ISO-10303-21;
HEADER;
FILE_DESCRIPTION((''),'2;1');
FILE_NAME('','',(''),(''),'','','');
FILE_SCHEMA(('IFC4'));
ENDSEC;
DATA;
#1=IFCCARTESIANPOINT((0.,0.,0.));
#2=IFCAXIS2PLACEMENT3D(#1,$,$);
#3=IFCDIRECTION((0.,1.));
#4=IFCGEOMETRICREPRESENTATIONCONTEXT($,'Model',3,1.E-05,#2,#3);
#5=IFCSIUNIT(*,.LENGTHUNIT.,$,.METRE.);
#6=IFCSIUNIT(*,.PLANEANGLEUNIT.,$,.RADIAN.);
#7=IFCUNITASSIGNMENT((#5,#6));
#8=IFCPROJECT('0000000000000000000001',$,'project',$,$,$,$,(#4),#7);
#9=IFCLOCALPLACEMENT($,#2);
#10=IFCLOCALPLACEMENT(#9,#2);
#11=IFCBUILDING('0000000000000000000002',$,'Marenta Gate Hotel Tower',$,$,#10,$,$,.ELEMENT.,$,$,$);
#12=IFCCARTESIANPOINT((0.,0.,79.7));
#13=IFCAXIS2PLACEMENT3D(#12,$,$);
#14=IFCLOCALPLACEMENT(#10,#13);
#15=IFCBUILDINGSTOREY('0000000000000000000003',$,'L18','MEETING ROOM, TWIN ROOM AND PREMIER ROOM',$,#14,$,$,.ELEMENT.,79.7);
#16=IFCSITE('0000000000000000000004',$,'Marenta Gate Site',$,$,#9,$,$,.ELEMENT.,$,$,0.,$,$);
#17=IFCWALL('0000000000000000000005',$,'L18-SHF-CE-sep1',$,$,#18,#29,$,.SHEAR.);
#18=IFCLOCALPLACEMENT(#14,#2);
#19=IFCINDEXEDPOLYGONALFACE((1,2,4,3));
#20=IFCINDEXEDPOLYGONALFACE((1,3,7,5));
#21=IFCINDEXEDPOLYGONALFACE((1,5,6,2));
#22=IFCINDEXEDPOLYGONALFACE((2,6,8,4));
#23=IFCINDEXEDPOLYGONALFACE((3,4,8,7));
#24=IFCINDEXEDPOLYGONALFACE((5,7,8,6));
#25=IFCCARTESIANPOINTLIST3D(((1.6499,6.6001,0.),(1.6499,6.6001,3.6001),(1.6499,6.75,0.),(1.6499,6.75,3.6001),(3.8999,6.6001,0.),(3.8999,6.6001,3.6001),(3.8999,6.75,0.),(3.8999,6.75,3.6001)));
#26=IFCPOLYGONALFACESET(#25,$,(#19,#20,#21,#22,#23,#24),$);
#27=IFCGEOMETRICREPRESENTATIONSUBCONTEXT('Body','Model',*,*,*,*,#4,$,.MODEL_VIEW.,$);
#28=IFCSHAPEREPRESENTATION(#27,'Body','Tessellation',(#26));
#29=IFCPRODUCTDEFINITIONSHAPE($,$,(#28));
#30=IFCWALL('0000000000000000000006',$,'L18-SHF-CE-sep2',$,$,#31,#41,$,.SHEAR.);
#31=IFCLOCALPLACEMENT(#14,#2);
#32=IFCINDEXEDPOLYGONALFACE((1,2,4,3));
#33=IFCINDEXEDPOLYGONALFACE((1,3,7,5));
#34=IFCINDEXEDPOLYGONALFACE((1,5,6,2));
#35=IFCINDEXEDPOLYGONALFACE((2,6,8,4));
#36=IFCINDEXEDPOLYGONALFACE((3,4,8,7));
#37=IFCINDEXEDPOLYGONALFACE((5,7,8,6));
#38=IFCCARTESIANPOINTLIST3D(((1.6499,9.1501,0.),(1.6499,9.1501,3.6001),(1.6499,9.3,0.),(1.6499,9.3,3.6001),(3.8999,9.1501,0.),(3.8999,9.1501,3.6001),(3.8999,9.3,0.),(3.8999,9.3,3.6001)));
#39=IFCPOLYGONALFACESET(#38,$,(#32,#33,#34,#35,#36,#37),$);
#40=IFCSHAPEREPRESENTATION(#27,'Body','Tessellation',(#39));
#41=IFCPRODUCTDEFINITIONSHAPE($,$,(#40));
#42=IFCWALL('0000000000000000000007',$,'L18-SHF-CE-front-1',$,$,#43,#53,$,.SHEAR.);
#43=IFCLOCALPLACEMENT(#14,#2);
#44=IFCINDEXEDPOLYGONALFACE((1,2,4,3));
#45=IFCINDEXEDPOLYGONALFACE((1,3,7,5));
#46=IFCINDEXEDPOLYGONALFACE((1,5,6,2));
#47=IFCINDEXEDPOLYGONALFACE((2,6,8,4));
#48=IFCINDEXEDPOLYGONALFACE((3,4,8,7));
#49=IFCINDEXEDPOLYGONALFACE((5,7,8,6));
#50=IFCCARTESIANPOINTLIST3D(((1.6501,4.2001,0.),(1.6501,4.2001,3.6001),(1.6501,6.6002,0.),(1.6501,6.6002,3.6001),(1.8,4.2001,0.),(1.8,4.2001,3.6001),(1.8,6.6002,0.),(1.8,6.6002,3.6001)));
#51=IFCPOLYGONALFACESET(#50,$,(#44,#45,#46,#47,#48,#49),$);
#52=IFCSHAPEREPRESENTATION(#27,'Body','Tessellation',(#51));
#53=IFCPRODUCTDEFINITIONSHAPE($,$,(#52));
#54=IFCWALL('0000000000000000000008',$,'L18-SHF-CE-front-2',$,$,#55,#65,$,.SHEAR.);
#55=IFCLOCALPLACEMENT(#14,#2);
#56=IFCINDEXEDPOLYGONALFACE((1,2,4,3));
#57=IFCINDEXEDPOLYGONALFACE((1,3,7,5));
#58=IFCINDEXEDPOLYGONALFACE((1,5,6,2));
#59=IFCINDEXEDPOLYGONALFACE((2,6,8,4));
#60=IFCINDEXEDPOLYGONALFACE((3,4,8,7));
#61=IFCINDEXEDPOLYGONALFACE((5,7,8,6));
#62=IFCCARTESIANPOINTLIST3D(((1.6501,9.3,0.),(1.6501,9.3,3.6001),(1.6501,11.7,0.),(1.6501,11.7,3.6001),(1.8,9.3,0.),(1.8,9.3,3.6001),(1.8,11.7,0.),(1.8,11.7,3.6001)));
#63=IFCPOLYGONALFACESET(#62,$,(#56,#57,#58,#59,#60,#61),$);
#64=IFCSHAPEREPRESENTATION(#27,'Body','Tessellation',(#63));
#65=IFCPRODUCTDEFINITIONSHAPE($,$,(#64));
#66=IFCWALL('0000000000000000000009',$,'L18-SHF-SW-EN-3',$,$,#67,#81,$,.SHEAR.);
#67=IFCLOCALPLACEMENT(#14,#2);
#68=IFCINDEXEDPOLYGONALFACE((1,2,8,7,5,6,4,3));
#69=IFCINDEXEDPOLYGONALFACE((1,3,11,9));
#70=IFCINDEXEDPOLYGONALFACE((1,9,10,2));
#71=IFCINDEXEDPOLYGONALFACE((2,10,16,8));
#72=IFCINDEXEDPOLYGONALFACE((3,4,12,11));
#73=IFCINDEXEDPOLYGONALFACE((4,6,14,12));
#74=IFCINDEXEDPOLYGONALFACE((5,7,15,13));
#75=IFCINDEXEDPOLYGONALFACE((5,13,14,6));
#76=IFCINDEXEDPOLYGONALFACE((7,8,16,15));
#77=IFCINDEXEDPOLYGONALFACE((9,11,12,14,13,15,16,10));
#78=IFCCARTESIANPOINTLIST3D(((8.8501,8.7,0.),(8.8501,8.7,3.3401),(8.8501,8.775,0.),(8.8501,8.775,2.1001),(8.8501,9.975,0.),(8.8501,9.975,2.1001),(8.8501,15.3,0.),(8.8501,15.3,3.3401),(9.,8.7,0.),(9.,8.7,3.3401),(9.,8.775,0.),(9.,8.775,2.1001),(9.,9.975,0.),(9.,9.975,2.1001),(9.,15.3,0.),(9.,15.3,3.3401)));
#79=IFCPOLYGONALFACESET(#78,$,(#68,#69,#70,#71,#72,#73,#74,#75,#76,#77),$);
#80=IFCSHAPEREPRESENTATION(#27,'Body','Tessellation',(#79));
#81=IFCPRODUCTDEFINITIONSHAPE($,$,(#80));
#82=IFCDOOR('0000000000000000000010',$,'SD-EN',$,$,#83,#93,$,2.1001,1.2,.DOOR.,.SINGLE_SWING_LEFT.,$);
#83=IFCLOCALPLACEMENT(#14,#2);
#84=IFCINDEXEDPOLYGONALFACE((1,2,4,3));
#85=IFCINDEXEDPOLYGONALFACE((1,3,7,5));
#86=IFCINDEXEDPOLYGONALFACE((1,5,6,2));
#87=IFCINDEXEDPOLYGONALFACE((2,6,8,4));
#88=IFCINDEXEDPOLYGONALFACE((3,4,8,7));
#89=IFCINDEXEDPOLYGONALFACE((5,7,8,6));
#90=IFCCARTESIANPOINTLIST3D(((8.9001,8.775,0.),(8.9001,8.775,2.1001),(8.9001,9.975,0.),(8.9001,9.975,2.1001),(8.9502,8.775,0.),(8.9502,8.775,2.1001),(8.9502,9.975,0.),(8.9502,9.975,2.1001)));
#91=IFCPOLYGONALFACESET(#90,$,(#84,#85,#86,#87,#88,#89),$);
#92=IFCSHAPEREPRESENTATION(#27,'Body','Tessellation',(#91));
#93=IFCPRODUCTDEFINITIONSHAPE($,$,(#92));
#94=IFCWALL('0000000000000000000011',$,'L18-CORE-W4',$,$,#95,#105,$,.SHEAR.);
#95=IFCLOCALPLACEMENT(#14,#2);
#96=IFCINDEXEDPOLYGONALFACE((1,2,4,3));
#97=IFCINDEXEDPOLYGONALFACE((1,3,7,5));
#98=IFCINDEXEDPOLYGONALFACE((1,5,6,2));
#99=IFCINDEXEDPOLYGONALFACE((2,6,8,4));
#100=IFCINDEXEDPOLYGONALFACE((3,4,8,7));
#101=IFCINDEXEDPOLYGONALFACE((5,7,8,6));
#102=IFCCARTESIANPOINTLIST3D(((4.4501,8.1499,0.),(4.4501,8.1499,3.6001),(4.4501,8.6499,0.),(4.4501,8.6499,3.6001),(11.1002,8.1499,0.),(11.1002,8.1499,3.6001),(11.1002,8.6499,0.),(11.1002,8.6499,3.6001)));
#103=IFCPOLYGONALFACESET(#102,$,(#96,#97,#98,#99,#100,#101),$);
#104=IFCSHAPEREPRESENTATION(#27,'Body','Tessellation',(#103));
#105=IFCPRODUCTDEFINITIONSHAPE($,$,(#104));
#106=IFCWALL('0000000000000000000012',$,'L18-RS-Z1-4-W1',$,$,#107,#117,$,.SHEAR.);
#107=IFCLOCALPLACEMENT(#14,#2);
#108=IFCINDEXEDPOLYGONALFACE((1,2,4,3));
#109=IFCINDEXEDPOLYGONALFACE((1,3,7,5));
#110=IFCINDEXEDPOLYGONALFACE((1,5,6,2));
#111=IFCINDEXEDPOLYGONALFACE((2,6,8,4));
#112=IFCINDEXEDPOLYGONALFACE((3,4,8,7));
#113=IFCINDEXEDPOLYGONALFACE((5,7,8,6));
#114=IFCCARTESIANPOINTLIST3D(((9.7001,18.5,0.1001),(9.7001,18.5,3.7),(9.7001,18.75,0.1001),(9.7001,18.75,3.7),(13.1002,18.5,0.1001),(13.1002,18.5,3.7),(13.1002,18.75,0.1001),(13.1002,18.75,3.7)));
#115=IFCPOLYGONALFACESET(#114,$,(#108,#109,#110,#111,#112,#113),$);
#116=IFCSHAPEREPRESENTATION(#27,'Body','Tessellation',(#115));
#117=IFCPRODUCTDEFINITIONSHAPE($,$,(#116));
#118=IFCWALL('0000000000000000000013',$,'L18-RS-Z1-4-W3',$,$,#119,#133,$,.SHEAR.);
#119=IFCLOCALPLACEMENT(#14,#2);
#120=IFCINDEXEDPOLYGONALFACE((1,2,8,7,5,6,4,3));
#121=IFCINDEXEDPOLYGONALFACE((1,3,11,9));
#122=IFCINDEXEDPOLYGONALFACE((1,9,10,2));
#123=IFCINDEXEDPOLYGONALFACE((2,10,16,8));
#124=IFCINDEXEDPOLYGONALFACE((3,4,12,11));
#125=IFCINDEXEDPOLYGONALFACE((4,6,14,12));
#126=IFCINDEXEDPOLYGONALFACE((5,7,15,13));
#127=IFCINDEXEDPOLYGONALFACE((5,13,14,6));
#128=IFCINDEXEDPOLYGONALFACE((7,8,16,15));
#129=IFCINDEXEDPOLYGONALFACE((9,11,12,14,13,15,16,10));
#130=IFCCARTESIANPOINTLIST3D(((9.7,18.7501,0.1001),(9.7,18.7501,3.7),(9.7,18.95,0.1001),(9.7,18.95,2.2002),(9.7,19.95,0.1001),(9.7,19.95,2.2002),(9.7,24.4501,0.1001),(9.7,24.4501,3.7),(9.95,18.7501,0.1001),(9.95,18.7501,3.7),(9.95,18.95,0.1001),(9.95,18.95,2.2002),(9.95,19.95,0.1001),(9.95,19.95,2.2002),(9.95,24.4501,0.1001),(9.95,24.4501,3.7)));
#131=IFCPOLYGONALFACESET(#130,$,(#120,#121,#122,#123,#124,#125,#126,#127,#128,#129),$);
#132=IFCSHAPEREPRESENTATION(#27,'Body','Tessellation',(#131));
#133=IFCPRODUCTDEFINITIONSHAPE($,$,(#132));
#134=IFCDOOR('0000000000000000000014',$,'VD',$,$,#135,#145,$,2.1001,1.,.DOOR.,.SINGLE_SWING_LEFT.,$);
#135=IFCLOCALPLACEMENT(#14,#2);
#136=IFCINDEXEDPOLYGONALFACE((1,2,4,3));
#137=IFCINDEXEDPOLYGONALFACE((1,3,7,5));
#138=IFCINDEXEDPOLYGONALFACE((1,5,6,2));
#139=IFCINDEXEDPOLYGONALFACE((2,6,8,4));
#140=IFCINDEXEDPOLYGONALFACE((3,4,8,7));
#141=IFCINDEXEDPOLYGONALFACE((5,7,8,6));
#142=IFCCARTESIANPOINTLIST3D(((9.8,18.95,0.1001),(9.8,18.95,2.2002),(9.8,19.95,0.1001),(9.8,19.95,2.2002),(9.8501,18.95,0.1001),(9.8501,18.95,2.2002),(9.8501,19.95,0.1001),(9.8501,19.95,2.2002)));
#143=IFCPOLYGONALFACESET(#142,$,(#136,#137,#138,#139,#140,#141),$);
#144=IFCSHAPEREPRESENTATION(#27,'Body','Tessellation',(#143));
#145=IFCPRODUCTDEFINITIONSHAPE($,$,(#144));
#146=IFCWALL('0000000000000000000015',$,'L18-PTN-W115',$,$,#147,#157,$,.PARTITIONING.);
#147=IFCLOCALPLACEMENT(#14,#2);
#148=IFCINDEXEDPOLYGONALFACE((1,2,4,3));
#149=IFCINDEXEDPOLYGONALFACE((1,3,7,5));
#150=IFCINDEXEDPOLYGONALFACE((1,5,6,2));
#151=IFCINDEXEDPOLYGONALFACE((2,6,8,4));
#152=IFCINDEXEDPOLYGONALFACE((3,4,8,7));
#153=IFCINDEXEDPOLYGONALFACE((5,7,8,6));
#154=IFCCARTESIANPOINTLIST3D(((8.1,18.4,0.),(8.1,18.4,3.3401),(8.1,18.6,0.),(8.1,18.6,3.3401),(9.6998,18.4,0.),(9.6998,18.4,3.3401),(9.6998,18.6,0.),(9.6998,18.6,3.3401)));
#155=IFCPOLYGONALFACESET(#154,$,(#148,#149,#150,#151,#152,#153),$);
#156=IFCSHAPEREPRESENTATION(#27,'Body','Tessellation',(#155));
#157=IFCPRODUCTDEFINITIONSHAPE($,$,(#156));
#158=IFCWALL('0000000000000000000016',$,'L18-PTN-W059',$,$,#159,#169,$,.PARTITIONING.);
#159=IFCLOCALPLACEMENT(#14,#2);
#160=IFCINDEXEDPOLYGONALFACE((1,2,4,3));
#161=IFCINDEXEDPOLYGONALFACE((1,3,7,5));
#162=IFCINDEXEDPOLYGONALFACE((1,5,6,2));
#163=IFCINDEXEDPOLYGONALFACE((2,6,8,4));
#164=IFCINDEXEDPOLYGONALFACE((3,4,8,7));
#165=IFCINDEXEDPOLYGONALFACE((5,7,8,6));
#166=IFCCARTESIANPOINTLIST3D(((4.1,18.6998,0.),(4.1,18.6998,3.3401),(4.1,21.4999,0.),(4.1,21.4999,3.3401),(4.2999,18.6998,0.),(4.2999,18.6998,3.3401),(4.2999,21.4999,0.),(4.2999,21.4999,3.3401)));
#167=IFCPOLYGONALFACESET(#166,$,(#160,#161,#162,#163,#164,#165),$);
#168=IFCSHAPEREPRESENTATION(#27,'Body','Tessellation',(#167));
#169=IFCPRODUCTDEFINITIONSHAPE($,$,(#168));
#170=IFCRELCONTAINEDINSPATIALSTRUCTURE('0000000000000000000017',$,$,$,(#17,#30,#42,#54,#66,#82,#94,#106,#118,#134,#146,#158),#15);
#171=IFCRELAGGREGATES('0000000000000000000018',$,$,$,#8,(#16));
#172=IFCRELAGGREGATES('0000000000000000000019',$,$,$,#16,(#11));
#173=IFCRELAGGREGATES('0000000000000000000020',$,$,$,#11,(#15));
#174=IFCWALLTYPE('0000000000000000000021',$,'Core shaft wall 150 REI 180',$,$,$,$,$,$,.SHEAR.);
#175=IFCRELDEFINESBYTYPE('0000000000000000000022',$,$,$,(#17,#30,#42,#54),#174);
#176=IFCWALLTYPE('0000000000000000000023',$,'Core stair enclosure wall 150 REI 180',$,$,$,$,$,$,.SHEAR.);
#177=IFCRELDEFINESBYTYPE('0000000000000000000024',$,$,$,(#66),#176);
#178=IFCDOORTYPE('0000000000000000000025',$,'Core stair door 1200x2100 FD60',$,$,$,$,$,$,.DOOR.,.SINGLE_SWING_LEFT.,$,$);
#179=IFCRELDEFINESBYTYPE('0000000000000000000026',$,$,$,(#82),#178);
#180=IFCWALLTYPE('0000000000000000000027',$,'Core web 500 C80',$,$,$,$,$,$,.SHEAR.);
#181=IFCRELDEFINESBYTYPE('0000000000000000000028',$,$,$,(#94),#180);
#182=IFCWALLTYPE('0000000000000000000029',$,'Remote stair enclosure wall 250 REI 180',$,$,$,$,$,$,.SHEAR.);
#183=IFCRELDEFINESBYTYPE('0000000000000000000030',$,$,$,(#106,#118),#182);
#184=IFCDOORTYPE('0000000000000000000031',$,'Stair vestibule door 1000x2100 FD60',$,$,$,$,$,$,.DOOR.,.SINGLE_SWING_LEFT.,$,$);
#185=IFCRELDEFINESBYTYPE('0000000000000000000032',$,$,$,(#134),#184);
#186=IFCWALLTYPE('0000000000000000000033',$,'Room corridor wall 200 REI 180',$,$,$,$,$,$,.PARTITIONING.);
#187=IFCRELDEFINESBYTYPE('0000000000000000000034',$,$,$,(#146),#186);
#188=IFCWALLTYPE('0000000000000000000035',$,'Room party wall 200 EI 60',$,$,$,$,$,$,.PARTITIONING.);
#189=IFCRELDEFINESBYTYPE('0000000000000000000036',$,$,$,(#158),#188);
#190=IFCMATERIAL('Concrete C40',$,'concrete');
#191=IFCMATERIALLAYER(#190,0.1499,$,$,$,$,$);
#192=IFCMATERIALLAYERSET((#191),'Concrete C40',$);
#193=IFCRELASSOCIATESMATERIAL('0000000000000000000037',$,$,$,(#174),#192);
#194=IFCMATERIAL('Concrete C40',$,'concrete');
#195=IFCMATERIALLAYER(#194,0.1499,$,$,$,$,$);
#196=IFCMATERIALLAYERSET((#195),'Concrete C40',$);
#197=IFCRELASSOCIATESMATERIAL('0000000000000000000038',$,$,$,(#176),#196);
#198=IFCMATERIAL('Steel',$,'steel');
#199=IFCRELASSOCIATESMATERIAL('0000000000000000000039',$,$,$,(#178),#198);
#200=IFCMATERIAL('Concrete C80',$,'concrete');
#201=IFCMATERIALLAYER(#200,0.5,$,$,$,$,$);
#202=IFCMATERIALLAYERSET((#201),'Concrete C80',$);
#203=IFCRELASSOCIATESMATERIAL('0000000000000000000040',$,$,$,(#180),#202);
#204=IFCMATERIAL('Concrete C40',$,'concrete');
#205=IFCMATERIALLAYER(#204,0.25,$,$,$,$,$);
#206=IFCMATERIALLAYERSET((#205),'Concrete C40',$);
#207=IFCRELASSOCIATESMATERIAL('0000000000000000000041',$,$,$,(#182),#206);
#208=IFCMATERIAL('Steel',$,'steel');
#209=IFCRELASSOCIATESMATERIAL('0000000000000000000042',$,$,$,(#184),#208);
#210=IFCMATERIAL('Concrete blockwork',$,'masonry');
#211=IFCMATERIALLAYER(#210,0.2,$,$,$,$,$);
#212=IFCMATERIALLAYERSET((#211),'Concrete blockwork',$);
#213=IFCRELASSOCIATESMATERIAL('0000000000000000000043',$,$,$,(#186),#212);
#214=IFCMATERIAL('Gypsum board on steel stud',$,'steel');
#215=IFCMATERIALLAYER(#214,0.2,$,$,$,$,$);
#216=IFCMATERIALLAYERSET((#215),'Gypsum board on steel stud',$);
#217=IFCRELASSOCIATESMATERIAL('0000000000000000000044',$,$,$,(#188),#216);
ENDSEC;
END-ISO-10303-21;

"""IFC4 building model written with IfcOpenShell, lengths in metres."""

from ifc_helpers import new_model, si_unit, direction, frame, frame_2d, origin, place, context, subcontext, project, spatial, rectangle, extrude, material, layer, layer_set, type_object, element, fill, save


model = new_model("IFC4")

# Units and contexts
model_context = context("Model", 3, precision=1e-05, world=origin(), true_north=direction((0.0, 1.0)))
body_context = subcontext(model_context, "Body", "Model", "MODEL_VIEW")
ifc_project = project(units=[si_unit("LENGTHUNIT", "METRE"), si_unit("PLANEANGLEUNIT", "RADIAN")], contexts=[model_context])

# Site, building, storey
site_placement = place(None, origin())
site = spatial("IfcSite", under=ifc_project, at=site_placement, Name="Marenta Gate Site", CompositionType="ELEMENT", RefElevation=0.0)
building_placement = place(site_placement, origin())
building = spatial("IfcBuilding", under=site, at=building_placement, Name="Marenta Gate Hotel Tower", CompositionType="ELEMENT")
storey_placement = place(building_placement, frame((0.0, 0.0, 79.7)))
storey = spatial("IfcBuildingStorey", under=building, at=storey_placement, Name="L18", Description="MEETING ROOM, TWIN ROOM AND PREMIER ROOM", CompositionType="ELEMENT", Elevation=79.7)

# Shared definitions
ifc_material_1 = material(Name="Concrete C40", Category="concrete")
ifc_layer_1 = layer(ifc_material_1, 0.1499)
ifc_layer_set_1 = layer_set([ifc_layer_1], Name="Concrete C40")
wall_type_1 = type_object("IfcWallType", Name="Core shaft wall 150 REI 180", PredefinedType="SHEAR", material=ifc_layer_set_1)

# Walls
for number, where, z_axis, x_axis, name in (
    (1, (1.6499, 6.675, 0.0), (0.0, 0.0, 1.0), (1.0, 0.0, 0.0), "L18-SHF-CE-sep1"),
    (2, (1.6499, 9.2251, 0.0), (0.0, 0.0, 1.0), (1.0, 0.0, 0.0), "L18-SHF-CE-sep2"),
):
    element("IfcWall", number, at=place(storey_placement, frame(where, z_axis=z_axis, x_axis=x_axis)), inside=storey, type_object=wall_type_1, Name=name, PredefinedType="SHEAR", context=body_context, shape_type="SweptSolid", body=[
        extrude(rectangle(XDim=2.25, YDim=0.1499, at=frame_2d((1.125, 0.0))), origin(), (0.0, 0.0, 1.0), 3.6001),
    ])
wall_1_placement = place(storey_placement, frame((1.7251, 4.2, 0.0), z_axis=(0.0, 0.0, 1.0), x_axis=(0.0, 1.0, 0.0)))
element("IfcWall", 3, at=wall_1_placement, inside=storey, type_object=wall_type_1, Name="L18-SHF-CE-front-1", PredefinedType="SHEAR", context=body_context, shape_type="SweptSolid", body=[
    extrude(rectangle(XDim=2.4001, YDim=0.1499, at=frame_2d((1.2002, 0.0))), origin(), (0.0, 0.0, 1.0), 3.6001),
])
wall_2_placement = place(storey_placement, frame((1.7251, 9.3, 0.0), z_axis=(0.0, 0.0, 1.0), x_axis=(0.0, 1.0, 0.0)))
element("IfcWall", 4, at=wall_2_placement, inside=storey, type_object=wall_type_1, Name="L18-SHF-CE-front-2", PredefinedType="SHEAR", context=body_context, shape_type="SweptSolid", body=[
    extrude(rectangle(XDim=2.3999, YDim=0.1499, at=frame_2d((1.2, 0.0))), origin(), (0.0, 0.0, 1.0), 3.6001),
])

# Wall, opening, door
ifc_material_2 = material(Name="Concrete C40", Category="concrete")
ifc_layer_2 = layer(ifc_material_2, 0.1499)
ifc_layer_set_2 = layer_set([ifc_layer_2], Name="Concrete C40")
wall_type_2 = type_object("IfcWallType", Name="Core stair enclosure wall 150 REI 180", PredefinedType="SHEAR", material=ifc_layer_set_2)
wall_3_placement = place(storey_placement, frame((8.925, 8.7, 0.0), z_axis=(0.0, 0.0, 1.0), x_axis=(0.0, 1.0, 0.0)))
wall_3 = element("IfcWall", 5, at=wall_3_placement, inside=storey, type_object=wall_type_2, Name="L18-SHF-SW-EN-3", PredefinedType="SHEAR", context=body_context, shape_type="SweptSolid", body=[
    extrude(rectangle(XDim=6.6001, YDim=0.1499, at=frame_2d((3.3, 0.0))), origin(), (0.0, 0.0, 1.0), 3.3401),
])
opening_1_placement = place(wall_3_placement, frame((0.075, 0.0, 0.0)))
opening_1 = element("IfcOpeningElement", 6, at=opening_1_placement, cuts=wall_3, PredefinedType="OPENING", context=body_context, shape_type="SweptSolid", body=[
    extrude(rectangle(XDim=1.2, YDim=2.1001, at=frame_2d((0.6001, 1.05))), frame((0.0, 0.075, 0.0), z_axis=(0.0, -1.0, 0.0), x_axis=(1.0, 0.0, 0.0)), (0.0, 0.0, 1.0), 0.1499),
])
ifc_material_3 = material(Name="Steel", Category="steel")
door_type_1 = type_object("IfcDoorType", Name="Core stair door 1200x2100 FD60", OperationType="SINGLE_SWING_LEFT", PredefinedType="DOOR", material=ifc_material_3)
door_1_placement = place(opening_1_placement, origin())
door_1 = element("IfcDoor", 7, at=door_1_placement, inside=storey, type_object=door_type_1, Name="SD-EN", OperationType="SINGLE_SWING_LEFT", OverallHeight=2.1001, OverallWidth=1.2, PredefinedType="DOOR", context=body_context, shape_type="SweptSolid", body=[
    extrude(rectangle(XDim=1.2, YDim=2.1001, at=frame_2d((0.6001, 1.05))), frame((0.0, 0.0249, 0.0), z_axis=(0.0, -1.0, 0.0), x_axis=(1.0, 0.0, 0.0)), (0.0, 0.0, 1.0), 0.05),
])
fill(opening_1, door_1)

# Walls
ifc_material_4 = material(Name="Concrete C80", Category="concrete")
ifc_layer_3 = layer(ifc_material_4, 0.5)
ifc_layer_set_3 = layer_set([ifc_layer_3], Name="Concrete C80")
wall_type_3 = type_object("IfcWallType", Name="Core web 500 C80", PredefinedType="SHEAR", material=ifc_layer_set_3)
wall_4_placement = place(storey_placement, frame((4.45, 8.3999, 0.0), z_axis=(0.0, 0.0, 1.0), x_axis=(1.0, 0.0, 0.0)))
element("IfcWall", 8, at=wall_4_placement, inside=storey, type_object=wall_type_3, Name="L18-CORE-W4", PredefinedType="SHEAR", context=body_context, shape_type="SweptSolid", body=[
    extrude(rectangle(XDim=6.6501, YDim=0.5, at=frame_2d((3.3252, 0.0))), origin(), (0.0, 0.0, 1.0), 3.6001),
])
ifc_material_5 = material(Name="Concrete C40", Category="concrete")
ifc_layer_4 = layer(ifc_material_5, 0.25)
ifc_layer_set_4 = layer_set([ifc_layer_4], Name="Concrete C40")
wall_type_4 = type_object("IfcWallType", Name="Remote stair enclosure wall 250 REI 180", PredefinedType="SHEAR", material=ifc_layer_set_4)
wall_5_placement = place(storey_placement, frame((9.7, 18.625, 0.1001), z_axis=(0.0, 0.0, 1.0), x_axis=(1.0, 0.0, 0.0)))
element("IfcWall", 9, at=wall_5_placement, inside=storey, type_object=wall_type_4, Name="L18-RS-Z1-4-W1", PredefinedType="SHEAR", context=body_context, shape_type="SweptSolid", body=[
    extrude(rectangle(XDim=3.4001, YDim=0.25, at=frame_2d((1.7002, 0.0))), origin(), (0.0, 0.0, 1.0), 3.5999),
])

# Wall, opening, door
wall_6_placement = place(storey_placement, frame((9.825, 18.75, 0.1001), z_axis=(0.0, 0.0, 1.0), x_axis=(0.0, 1.0, 0.0)))
wall_6 = element("IfcWall", 10, at=wall_6_placement, inside=storey, type_object=wall_type_4, Name="L18-RS-Z1-4-W3", PredefinedType="SHEAR", context=body_context, shape_type="SweptSolid", body=[
    extrude(rectangle(XDim=5.7, YDim=0.25, at=frame_2d((2.8501, 0.0))), origin(), (0.0, 0.0, 1.0), 3.5999),
])
opening_2_placement = place(wall_6_placement, frame((0.2, 0.0, 0.0)))
opening_2 = element("IfcOpeningElement", 11, at=opening_2_placement, cuts=wall_6, PredefinedType="OPENING", context=body_context, shape_type="SweptSolid", body=[
    extrude(rectangle(XDim=1.0, YDim=2.1001, at=frame_2d((0.5, 1.05))), frame((0.0, 0.125, 0.0), z_axis=(0.0, -1.0, 0.0), x_axis=(1.0, 0.0, 0.0)), (0.0, 0.0, 1.0), 0.25),
])
ifc_material_6 = material(Name="Steel", Category="steel")
door_type_2 = type_object("IfcDoorType", Name="Stair vestibule door 1000x2100 FD60", OperationType="SINGLE_SWING_LEFT", PredefinedType="DOOR", material=ifc_material_6)
door_2_placement = place(opening_2_placement, origin())
door_2 = element("IfcDoor", 12, at=door_2_placement, inside=storey, type_object=door_type_2, Name="VD", OperationType="SINGLE_SWING_LEFT", OverallHeight=2.1001, OverallWidth=1.0, PredefinedType="DOOR", context=body_context, shape_type="SweptSolid", body=[
    extrude(rectangle(XDim=1.0, YDim=2.1001, at=frame_2d((0.5, 1.05))), frame((0.0, 0.0249, 0.0), z_axis=(0.0, -1.0, 0.0), x_axis=(1.0, 0.0, 0.0)), (0.0, 0.0, 1.0), 0.05),
])
fill(opening_2, door_2)

# Walls
ifc_material_7 = material(Name="Concrete blockwork", Category="masonry")
ifc_layer_5 = layer(ifc_material_7, 0.2)
ifc_layer_set_5 = layer_set([ifc_layer_5], Name="Concrete blockwork")
wall_type_5 = type_object("IfcWallType", Name="Room corridor wall 200 REI 180", PredefinedType="PARTITIONING", material=ifc_layer_set_5)
wall_7_placement = place(storey_placement, frame((8.1001, 18.5, 0.0), z_axis=(0.0, 0.0, 1.0), x_axis=(1.0, 0.0, 0.0)))
element("IfcWall", 13, at=wall_7_placement, inside=storey, type_object=wall_type_5, Name="L18-PTN-W115", PredefinedType="PARTITIONING", context=body_context, shape_type="SweptSolid", body=[
    extrude(rectangle(XDim=1.5999, YDim=0.2, at=frame_2d((0.7998, 0.0))), origin(), (0.0, 0.0, 1.0), 3.3401),
])
ifc_material_8 = material(Name="Gypsum board on steel stud", Category="steel")
ifc_layer_6 = layer(ifc_material_8, 0.2)
ifc_layer_set_6 = layer_set([ifc_layer_6], Name="Gypsum board on steel stud")
wall_type_6 = type_object("IfcWallType", Name="Room party wall 200 EI 60", PredefinedType="PARTITIONING", material=ifc_layer_set_6)
wall_8_placement = place(storey_placement, frame((4.2, 18.7, 0.0), z_axis=(0.0, 0.0, 1.0), x_axis=(0.0, 1.0, 0.0)))
element("IfcWall", 14, at=wall_8_placement, inside=storey, type_object=wall_type_6, Name="L18-PTN-W059", PredefinedType="PARTITIONING", context=body_context, shape_type="SweptSolid", body=[
    extrude(rectangle(XDim=2.8, YDim=0.2, at=frame_2d((1.3999, 0.0))), origin(), (0.0, 0.0, 1.0), 3.3401),
])

save(model, "model.ifc")
